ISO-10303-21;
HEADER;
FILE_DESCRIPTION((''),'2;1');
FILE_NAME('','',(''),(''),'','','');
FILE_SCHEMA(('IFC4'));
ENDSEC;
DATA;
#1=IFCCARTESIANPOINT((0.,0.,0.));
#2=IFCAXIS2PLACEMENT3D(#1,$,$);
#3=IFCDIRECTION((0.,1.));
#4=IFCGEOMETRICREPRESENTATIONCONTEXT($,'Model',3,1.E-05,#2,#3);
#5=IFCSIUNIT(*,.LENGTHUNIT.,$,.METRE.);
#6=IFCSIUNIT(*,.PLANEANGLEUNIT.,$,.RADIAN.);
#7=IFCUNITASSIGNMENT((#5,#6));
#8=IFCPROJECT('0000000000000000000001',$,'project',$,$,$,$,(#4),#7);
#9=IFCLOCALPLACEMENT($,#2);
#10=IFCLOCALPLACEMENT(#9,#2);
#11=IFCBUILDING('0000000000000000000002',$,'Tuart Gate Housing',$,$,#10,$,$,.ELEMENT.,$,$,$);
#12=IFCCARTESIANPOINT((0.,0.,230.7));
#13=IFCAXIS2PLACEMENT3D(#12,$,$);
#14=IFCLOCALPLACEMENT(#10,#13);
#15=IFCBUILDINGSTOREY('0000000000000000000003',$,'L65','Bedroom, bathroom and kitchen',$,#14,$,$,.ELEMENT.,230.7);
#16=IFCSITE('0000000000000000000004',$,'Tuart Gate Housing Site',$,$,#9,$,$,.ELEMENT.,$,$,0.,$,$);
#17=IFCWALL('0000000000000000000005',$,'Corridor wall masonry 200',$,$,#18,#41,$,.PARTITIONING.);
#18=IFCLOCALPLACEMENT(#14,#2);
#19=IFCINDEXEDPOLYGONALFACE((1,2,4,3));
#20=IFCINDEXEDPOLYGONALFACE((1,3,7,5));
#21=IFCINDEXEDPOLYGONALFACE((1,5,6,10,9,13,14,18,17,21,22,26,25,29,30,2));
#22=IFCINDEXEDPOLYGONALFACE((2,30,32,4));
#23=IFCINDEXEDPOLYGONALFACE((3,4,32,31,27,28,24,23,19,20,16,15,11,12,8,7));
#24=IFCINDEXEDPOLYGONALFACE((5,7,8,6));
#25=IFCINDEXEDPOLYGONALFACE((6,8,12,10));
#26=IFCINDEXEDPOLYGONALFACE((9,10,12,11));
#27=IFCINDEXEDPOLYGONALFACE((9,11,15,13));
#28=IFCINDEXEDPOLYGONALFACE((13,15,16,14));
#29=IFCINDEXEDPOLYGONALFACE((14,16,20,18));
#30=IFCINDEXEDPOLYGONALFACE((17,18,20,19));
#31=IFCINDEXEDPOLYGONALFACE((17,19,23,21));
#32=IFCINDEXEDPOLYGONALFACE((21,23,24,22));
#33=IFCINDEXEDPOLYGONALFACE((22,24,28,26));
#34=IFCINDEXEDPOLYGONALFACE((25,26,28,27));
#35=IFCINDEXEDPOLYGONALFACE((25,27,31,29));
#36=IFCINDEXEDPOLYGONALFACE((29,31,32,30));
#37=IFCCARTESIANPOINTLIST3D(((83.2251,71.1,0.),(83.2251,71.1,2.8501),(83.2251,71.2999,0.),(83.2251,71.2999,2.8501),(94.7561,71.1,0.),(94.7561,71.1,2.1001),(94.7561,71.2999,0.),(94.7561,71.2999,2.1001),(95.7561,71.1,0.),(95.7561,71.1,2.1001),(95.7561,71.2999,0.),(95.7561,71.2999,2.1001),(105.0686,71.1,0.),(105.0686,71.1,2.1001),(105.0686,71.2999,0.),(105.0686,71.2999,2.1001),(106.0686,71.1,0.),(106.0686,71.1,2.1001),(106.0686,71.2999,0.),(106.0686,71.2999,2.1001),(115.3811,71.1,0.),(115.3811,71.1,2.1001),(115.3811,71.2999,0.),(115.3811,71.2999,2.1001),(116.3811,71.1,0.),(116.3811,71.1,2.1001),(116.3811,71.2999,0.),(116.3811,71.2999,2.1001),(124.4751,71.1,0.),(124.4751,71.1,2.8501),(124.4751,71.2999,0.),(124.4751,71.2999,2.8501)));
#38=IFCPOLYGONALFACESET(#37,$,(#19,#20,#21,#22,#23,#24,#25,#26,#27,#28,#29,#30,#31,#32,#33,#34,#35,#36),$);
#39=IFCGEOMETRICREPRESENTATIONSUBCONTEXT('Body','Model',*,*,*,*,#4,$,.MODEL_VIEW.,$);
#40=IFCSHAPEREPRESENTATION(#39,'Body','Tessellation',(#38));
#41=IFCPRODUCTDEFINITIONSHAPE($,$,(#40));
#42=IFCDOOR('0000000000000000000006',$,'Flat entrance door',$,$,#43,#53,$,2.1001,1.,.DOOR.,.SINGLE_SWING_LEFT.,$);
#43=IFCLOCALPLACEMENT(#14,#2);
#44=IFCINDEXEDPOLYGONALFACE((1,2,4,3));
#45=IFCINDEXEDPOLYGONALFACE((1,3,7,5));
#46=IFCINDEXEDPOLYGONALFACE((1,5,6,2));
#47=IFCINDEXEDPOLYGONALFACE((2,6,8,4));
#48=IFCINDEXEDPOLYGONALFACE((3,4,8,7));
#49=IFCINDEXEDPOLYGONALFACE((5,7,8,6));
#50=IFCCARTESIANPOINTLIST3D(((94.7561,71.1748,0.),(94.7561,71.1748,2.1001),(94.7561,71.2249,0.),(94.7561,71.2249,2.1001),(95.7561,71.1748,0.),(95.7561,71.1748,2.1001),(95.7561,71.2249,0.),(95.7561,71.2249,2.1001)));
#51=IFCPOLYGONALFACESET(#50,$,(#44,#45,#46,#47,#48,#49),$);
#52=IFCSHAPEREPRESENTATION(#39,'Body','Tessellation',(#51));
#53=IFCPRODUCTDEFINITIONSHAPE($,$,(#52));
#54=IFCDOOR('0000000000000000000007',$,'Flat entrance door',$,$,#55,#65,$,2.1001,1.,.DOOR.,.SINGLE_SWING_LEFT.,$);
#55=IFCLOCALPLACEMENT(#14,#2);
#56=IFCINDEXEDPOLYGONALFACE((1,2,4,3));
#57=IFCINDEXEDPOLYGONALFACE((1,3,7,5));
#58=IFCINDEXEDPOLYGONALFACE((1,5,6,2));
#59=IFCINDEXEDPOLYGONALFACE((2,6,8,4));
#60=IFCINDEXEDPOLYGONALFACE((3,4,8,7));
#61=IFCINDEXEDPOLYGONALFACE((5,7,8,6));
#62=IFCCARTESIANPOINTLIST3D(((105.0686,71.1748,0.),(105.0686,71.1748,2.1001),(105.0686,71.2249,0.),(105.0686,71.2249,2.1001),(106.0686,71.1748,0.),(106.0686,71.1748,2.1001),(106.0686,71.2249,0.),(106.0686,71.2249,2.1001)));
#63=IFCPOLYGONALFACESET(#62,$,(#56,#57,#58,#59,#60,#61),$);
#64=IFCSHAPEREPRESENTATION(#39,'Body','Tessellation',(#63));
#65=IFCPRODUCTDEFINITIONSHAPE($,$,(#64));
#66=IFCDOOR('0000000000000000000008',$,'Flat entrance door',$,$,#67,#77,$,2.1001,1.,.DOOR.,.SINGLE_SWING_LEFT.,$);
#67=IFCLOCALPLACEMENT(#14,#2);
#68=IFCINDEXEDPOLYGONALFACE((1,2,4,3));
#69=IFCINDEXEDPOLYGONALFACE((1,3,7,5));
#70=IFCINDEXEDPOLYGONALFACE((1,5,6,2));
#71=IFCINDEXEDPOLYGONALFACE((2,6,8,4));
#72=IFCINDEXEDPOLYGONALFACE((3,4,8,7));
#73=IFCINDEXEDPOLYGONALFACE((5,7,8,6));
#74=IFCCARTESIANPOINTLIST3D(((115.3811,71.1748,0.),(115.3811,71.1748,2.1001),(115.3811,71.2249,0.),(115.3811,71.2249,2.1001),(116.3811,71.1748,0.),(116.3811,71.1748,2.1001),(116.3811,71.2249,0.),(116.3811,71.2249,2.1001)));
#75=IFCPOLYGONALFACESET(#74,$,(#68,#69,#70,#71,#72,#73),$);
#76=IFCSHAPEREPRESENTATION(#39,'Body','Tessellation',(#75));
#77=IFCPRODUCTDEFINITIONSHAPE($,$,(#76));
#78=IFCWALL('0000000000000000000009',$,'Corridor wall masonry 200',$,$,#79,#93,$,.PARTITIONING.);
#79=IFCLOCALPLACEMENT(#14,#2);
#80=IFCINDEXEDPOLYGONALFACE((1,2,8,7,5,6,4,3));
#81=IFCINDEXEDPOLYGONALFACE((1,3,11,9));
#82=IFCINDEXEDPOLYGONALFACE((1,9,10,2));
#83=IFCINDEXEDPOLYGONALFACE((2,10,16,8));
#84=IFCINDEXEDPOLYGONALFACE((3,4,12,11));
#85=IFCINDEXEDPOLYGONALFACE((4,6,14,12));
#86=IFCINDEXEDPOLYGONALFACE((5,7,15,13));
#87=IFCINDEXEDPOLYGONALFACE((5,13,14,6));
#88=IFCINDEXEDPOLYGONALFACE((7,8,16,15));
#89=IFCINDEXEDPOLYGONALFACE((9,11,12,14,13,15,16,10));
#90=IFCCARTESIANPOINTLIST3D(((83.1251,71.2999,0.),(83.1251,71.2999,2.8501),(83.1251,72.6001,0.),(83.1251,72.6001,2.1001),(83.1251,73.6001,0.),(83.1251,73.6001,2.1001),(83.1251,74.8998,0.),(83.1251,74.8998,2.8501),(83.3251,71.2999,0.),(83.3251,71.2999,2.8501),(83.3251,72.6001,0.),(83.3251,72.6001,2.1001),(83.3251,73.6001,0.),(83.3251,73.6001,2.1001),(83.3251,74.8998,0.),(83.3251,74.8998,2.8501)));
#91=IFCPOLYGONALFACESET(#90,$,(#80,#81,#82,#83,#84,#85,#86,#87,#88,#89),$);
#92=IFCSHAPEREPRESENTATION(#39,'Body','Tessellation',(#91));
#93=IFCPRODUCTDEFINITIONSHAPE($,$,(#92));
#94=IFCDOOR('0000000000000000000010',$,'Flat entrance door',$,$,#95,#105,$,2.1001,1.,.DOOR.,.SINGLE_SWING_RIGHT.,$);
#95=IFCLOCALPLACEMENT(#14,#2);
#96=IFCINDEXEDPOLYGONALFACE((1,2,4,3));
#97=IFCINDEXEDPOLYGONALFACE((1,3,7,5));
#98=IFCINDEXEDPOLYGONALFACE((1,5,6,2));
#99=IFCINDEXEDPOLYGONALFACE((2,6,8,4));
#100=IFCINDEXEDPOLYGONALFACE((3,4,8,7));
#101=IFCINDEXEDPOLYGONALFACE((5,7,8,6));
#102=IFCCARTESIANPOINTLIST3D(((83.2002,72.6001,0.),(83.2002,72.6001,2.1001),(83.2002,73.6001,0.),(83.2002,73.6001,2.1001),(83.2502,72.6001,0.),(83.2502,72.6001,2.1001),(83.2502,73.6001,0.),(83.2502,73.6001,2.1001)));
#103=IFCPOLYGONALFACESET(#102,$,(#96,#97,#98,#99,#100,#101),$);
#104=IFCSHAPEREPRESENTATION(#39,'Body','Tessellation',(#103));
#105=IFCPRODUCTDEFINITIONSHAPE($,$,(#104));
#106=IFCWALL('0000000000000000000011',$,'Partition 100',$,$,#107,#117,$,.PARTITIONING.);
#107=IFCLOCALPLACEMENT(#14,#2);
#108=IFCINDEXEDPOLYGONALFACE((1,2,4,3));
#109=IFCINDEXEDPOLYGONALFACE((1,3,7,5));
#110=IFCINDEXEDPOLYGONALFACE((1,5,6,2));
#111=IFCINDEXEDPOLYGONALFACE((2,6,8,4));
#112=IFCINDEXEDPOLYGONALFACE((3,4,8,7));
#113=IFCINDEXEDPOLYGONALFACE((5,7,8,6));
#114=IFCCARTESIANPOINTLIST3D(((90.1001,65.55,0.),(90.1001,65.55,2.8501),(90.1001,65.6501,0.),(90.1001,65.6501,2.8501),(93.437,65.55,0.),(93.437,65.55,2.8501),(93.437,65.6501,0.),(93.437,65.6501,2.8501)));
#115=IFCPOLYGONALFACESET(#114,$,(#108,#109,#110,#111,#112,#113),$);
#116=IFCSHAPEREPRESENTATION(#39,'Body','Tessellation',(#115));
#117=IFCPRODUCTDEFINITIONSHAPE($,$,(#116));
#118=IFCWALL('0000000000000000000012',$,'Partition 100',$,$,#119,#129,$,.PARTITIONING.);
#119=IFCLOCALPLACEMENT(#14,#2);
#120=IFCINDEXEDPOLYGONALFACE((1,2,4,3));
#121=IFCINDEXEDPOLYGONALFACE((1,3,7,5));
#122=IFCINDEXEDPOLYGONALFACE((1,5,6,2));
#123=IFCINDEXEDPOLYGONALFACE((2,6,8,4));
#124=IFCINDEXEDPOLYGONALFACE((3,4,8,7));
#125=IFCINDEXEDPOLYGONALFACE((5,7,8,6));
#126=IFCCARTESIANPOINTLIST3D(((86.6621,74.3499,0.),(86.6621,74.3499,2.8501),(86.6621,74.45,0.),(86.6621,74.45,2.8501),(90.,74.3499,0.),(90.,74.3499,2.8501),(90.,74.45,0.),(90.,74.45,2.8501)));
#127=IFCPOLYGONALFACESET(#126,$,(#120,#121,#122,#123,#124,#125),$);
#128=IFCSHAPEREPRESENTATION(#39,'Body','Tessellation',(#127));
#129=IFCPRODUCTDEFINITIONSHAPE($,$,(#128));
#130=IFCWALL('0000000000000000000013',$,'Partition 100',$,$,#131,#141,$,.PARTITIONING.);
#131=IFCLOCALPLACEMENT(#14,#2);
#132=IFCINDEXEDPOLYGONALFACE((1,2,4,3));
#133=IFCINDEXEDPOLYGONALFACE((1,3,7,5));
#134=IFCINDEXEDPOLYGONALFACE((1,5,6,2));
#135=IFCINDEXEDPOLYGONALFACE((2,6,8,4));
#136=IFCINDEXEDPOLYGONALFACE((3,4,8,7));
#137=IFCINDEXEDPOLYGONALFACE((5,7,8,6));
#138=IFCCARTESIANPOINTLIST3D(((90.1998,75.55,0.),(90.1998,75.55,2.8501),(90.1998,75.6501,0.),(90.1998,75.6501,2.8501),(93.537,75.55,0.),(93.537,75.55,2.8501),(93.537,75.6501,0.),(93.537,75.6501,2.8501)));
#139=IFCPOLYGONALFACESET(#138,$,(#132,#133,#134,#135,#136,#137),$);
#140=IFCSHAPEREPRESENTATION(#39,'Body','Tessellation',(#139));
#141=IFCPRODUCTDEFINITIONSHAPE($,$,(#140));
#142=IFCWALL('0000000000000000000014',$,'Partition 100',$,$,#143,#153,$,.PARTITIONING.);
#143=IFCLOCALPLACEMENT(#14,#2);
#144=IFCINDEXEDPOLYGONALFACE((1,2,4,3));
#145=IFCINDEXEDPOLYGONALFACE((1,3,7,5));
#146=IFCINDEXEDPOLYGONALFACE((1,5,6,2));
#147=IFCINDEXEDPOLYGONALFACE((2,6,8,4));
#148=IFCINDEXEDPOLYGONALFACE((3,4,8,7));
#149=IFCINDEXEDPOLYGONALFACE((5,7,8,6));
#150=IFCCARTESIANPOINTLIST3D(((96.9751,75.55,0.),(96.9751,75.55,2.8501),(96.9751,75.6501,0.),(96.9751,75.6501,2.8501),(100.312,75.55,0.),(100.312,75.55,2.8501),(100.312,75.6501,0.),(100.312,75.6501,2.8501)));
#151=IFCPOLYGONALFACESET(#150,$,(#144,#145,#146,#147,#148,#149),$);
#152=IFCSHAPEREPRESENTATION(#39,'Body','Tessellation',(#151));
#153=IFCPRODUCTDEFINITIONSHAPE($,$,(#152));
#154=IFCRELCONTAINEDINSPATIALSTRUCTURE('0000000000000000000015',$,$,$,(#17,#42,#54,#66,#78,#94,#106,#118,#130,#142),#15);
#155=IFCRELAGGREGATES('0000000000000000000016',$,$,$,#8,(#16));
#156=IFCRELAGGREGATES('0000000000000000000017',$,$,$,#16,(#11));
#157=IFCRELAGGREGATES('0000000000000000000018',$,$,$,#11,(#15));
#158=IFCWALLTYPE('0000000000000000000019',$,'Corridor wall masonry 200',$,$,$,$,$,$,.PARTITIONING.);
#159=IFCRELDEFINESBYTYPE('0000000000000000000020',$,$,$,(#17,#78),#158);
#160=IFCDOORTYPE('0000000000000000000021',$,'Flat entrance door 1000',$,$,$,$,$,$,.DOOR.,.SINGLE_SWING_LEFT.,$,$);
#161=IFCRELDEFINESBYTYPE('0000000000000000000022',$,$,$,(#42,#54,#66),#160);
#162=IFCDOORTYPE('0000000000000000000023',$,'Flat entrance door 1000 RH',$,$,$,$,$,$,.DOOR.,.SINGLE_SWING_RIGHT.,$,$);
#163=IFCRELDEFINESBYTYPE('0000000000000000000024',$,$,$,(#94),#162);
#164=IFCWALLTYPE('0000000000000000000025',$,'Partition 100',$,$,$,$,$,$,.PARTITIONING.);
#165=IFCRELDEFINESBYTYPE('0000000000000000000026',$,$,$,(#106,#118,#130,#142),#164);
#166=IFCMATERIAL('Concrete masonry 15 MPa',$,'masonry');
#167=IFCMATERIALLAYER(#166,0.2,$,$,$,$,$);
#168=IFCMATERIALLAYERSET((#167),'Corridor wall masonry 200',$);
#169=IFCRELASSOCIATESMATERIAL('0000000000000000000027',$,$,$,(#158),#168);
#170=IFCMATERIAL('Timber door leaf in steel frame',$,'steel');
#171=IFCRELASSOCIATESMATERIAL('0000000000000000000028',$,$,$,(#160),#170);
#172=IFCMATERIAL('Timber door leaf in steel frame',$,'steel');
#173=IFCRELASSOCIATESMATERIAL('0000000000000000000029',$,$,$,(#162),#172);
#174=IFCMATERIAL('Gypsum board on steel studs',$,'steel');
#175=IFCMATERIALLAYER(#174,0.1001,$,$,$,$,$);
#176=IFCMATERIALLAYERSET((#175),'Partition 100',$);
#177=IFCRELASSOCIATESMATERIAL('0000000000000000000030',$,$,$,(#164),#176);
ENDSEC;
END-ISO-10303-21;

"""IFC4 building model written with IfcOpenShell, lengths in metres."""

from ifc_helpers import new_model, si_unit, direction, frame, frame_2d, origin, place, context, subcontext, project, spatial, rectangle, extrude, material, layer, layer_set, type_object, element, fill, save


model = new_model("IFC4")

# Units and contexts
model_context = context("Model", 3, precision=1e-05, world=origin(), true_north=direction((0.0, 1.0)))
body_context = subcontext(model_context, "Body", "Model", "MODEL_VIEW")
ifc_project = project(units=[si_unit("LENGTHUNIT", "METRE"), si_unit("PLANEANGLEUNIT", "RADIAN")], contexts=[model_context])

# Site, building, storey
site_placement = place(None, origin())
site = spatial("IfcSite", under=ifc_project, at=site_placement, Name="Tuart Gate Housing Site", CompositionType="ELEMENT", RefElevation=0.0)
building_placement = place(site_placement, origin())
building = spatial("IfcBuilding", under=site, at=building_placement, Name="Tuart Gate Housing", CompositionType="ELEMENT")
storey_placement = place(building_placement, frame((0.0, 0.0, 230.7)))
storey = spatial("IfcBuildingStorey", under=building, at=storey_placement, Name="L65", Description="Bedroom, bathroom and kitchen", CompositionType="ELEMENT", Elevation=230.7)

# Wall, openings, doors
ifc_material_1 = material(Name="Concrete masonry 15 MPa", Category="masonry")
ifc_layer_1 = layer(ifc_material_1, 0.2)
ifc_layer_set_1 = layer_set([ifc_layer_1], Name="Corridor wall masonry 200")
wall_type_1 = type_object("IfcWallType", Name="Corridor wall masonry 200", PredefinedType="PARTITIONING", material=ifc_layer_set_1)
wall_1_placement = place(storey_placement, frame((83.2251, 71.2, 0.0), z_axis=(0.0, 0.0, 1.0), x_axis=(1.0, 0.0, 0.0)))
wall_1 = element("IfcWall", 1, at=wall_1_placement, inside=storey, type_object=wall_type_1, Name="Corridor wall masonry 200", PredefinedType="PARTITIONING", context=body_context, shape_type="SweptSolid", body=[
    extrude(rectangle(XDim=41.25, YDim=0.2, at=frame_2d((20.625, 0.0))), origin(), (0.0, 0.0, 1.0), 2.8501),
])
opening_1_placement = place(wall_1_placement, frame((11.531, 0.0, 0.0)))
opening_1 = element("IfcOpeningElement", 2, at=opening_1_placement, cuts=wall_1, PredefinedType="OPENING", context=body_context, shape_type="SweptSolid", body=[
    extrude(rectangle(XDim=1.0, YDim=2.1001, at=frame_2d((0.5, 1.05))), frame((0.0, 0.1099, 0.0), z_axis=(0.0, -1.0, 0.0), x_axis=(1.0, 0.0, 0.0)), (0.0, 0.0, 1.0), 0.22),
])
opening_2_placement = place(wall_1_placement, frame((21.8435, 0.0, 0.0)))
opening_2 = element("IfcOpeningElement", 3, at=opening_2_placement, cuts=wall_1, PredefinedType="OPENING", context=body_context, shape_type="SweptSolid", body=[
    extrude(rectangle(XDim=1.0, YDim=2.1001, at=frame_2d((0.5, 1.05))), frame((0.0, 0.1099, 0.0), z_axis=(0.0, -1.0, 0.0), x_axis=(1.0, 0.0, 0.0)), (0.0, 0.0, 1.0), 0.22),
])
opening_3_placement = place(wall_1_placement, frame((32.156, 0.0, 0.0)))
opening_3 = element("IfcOpeningElement", 4, at=opening_3_placement, cuts=wall_1, PredefinedType="OPENING", context=body_context, shape_type="SweptSolid", body=[
    extrude(rectangle(XDim=1.0, YDim=2.1001, at=frame_2d((0.5, 1.05))), frame((0.0, 0.1099, 0.0), z_axis=(0.0, -1.0, 0.0), x_axis=(1.0, 0.0, 0.0)), (0.0, 0.0, 1.0), 0.22),
])
ifc_material_2 = material(Name="Timber door leaf in steel frame", Category="steel")
door_type_1 = type_object("IfcDoorType", Name="Flat entrance door 1000", OperationType="SINGLE_SWING_LEFT", PredefinedType="DOOR", material=ifc_material_2)
door_1_placement = place(opening_1_placement, origin())
door_1 = element("IfcDoor", 5, at=door_1_placement, inside=storey, type_object=door_type_1, Name="Flat entrance door", OperationType="SINGLE_SWING_LEFT", OverallHeight=2.1001, OverallWidth=1.0, PredefinedType="DOOR", context=body_context, shape_type="SweptSolid", body=[
    extrude(rectangle(XDim=1.0, YDim=2.1001, at=frame_2d((0.5, 1.05))), frame((0.0, 0.0249, 0.0), z_axis=(0.0, -1.0, 0.0), x_axis=(1.0, 0.0, 0.0)), (0.0, 0.0, 1.0), 0.05),
])
fill(opening_1, door_1)
door_2_placement = place(opening_2_placement, origin())
door_2 = element("IfcDoor", 6, at=door_2_placement, inside=storey, type_object=door_type_1, Name="Flat entrance door", OperationType="SINGLE_SWING_LEFT", OverallHeight=2.1001, OverallWidth=1.0, PredefinedType="DOOR", context=body_context, shape_type="SweptSolid", body=[
    extrude(rectangle(XDim=1.0, YDim=2.1001, at=frame_2d((0.5, 1.05))), frame((0.0, 0.0249, 0.0), z_axis=(0.0, -1.0, 0.0), x_axis=(1.0, 0.0, 0.0)), (0.0, 0.0, 1.0), 0.05),
])
fill(opening_2, door_2)
door_3_placement = place(opening_3_placement, origin())
door_3 = element("IfcDoor", 7, at=door_3_placement, inside=storey, type_object=door_type_1, Name="Flat entrance door", OperationType="SINGLE_SWING_LEFT", OverallHeight=2.1001, OverallWidth=1.0, PredefinedType="DOOR", context=body_context, shape_type="SweptSolid", body=[
    extrude(rectangle(XDim=1.0, YDim=2.1001, at=frame_2d((0.5, 1.05))), frame((0.0, 0.0249, 0.0), z_axis=(0.0, -1.0, 0.0), x_axis=(1.0, 0.0, 0.0)), (0.0, 0.0, 1.0), 0.05),
])
fill(opening_3, door_3)

# Wall, opening, door
wall_2_placement = place(storey_placement, frame((83.2251, 71.3, 0.0), z_axis=(0.0, 0.0, 1.0), x_axis=(0.0, 1.0, 0.0)))
wall_2 = element("IfcWall", 8, at=wall_2_placement, inside=storey, type_object=wall_type_1, Name="Corridor wall masonry 200", PredefinedType="PARTITIONING", context=body_context, shape_type="SweptSolid", body=[
    extrude(rectangle(XDim=3.5999, YDim=0.2, at=frame_2d((1.7998, 0.0))), origin(), (0.0, 0.0, 1.0), 2.8501),
])
opening_4_placement = place(wall_2_placement, frame((1.3, 0.0, 0.0)))
opening_4 = element("IfcOpeningElement", 9, at=opening_4_placement, cuts=wall_2, PredefinedType="OPENING", context=body_context, shape_type="SweptSolid", body=[
    extrude(rectangle(XDim=1.0, YDim=2.1001, at=frame_2d((0.5, 1.05))), frame((0.0, 0.1099, 0.0), z_axis=(0.0, -1.0, 0.0), x_axis=(1.0, 0.0, 0.0)), (0.0, 0.0, 1.0), 0.22),
])
ifc_material_3 = material(Name="Timber door leaf in steel frame", Category="steel")
door_type_2 = type_object("IfcDoorType", Name="Flat entrance door 1000 RH", OperationType="SINGLE_SWING_RIGHT", PredefinedType="DOOR", material=ifc_material_3)
door_4_placement = place(opening_4_placement, frame((1.0, 0.0, 0.0), z_axis=(0.0, 0.0, 1.0), x_axis=(-1.0, 0.0, 0.0)))
door_4 = element("IfcDoor", 10, at=door_4_placement, inside=storey, type_object=door_type_2, Name="Flat entrance door", OperationType="SINGLE_SWING_RIGHT", OverallHeight=2.1001, OverallWidth=1.0, PredefinedType="DOOR", context=body_context, shape_type="SweptSolid", body=[
    extrude(rectangle(XDim=1.0, YDim=2.1001, at=frame_2d((0.5, 1.05))), frame((0.0, 0.0251, 0.0), z_axis=(0.0, -1.0, 0.0), x_axis=(1.0, 0.0, 0.0)), (0.0, 0.0, 1.0), 0.05),
])
fill(opening_4, door_4)

# Walls
ifc_material_4 = material(Name="Gypsum board on steel studs", Category="steel")
ifc_layer_2 = layer(ifc_material_4, 0.1001)
ifc_layer_set_2 = layer_set([ifc_layer_2], Name="Partition 100")
wall_type_2 = type_object("IfcWallType", Name="Partition 100", PredefinedType="PARTITIONING", material=ifc_layer_set_2)
wall_3_placement = place(storey_placement, frame((90.1001, 65.6001, 0.0), z_axis=(0.0, 0.0, 1.0), x_axis=(1.0, 0.0, 0.0)))
element("IfcWall", 11, at=wall_3_placement, inside=storey, type_object=wall_type_2, Name="Partition 100", PredefinedType="PARTITIONING", context=body_context, shape_type="SweptSolid", body=[
    extrude(rectangle(XDim=3.3369, YDim=0.1001, at=frame_2d((1.6685, 0.0))), origin(), (0.0, 0.0, 1.0), 2.8501),
])
wall_4_placement = place(storey_placement, frame((86.6621, 74.3999, 0.0), z_axis=(0.0, 0.0, 1.0), x_axis=(1.0, 0.0, 0.0)))
element("IfcWall", 12, at=wall_4_placement, inside=storey, type_object=wall_type_2, Name="Partition 100", PredefinedType="PARTITIONING", context=body_context, shape_type="SweptSolid", body=[
    extrude(rectangle(XDim=3.3379, YDim=0.1001, at=frame_2d((1.6689, 0.0))), origin(), (0.0, 0.0, 1.0), 2.8501),
])
wall_5_placement = place(storey_placement, frame((90.2, 75.6001, 0.0), z_axis=(0.0, 0.0, 1.0), x_axis=(1.0, 0.0, 0.0)))
element("IfcWall", 13, at=wall_5_placement, inside=storey, type_object=wall_type_2, Name="Partition 100", PredefinedType="PARTITIONING", context=body_context, shape_type="SweptSolid", body=[
    extrude(rectangle(XDim=3.3372, YDim=0.1001, at=frame_2d((1.6685, 0.0))), origin(), (0.0, 0.0, 1.0), 2.8501),
])
wall_6_placement = place(storey_placement, frame((96.9751, 75.6001, 0.0), z_axis=(0.0, 0.0, 1.0), x_axis=(1.0, 0.0, 0.0)))
element("IfcWall", 14, at=wall_6_placement, inside=storey, type_object=wall_type_2, Name="Partition 100", PredefinedType="PARTITIONING", context=body_context, shape_type="SweptSolid", body=[
    extrude(rectangle(XDim=3.3369, YDim=0.1001, at=frame_2d((1.6685, 0.0))), origin(), (0.0, 0.0, 1.0), 2.8501),
])

save(model, "model.ifc")
